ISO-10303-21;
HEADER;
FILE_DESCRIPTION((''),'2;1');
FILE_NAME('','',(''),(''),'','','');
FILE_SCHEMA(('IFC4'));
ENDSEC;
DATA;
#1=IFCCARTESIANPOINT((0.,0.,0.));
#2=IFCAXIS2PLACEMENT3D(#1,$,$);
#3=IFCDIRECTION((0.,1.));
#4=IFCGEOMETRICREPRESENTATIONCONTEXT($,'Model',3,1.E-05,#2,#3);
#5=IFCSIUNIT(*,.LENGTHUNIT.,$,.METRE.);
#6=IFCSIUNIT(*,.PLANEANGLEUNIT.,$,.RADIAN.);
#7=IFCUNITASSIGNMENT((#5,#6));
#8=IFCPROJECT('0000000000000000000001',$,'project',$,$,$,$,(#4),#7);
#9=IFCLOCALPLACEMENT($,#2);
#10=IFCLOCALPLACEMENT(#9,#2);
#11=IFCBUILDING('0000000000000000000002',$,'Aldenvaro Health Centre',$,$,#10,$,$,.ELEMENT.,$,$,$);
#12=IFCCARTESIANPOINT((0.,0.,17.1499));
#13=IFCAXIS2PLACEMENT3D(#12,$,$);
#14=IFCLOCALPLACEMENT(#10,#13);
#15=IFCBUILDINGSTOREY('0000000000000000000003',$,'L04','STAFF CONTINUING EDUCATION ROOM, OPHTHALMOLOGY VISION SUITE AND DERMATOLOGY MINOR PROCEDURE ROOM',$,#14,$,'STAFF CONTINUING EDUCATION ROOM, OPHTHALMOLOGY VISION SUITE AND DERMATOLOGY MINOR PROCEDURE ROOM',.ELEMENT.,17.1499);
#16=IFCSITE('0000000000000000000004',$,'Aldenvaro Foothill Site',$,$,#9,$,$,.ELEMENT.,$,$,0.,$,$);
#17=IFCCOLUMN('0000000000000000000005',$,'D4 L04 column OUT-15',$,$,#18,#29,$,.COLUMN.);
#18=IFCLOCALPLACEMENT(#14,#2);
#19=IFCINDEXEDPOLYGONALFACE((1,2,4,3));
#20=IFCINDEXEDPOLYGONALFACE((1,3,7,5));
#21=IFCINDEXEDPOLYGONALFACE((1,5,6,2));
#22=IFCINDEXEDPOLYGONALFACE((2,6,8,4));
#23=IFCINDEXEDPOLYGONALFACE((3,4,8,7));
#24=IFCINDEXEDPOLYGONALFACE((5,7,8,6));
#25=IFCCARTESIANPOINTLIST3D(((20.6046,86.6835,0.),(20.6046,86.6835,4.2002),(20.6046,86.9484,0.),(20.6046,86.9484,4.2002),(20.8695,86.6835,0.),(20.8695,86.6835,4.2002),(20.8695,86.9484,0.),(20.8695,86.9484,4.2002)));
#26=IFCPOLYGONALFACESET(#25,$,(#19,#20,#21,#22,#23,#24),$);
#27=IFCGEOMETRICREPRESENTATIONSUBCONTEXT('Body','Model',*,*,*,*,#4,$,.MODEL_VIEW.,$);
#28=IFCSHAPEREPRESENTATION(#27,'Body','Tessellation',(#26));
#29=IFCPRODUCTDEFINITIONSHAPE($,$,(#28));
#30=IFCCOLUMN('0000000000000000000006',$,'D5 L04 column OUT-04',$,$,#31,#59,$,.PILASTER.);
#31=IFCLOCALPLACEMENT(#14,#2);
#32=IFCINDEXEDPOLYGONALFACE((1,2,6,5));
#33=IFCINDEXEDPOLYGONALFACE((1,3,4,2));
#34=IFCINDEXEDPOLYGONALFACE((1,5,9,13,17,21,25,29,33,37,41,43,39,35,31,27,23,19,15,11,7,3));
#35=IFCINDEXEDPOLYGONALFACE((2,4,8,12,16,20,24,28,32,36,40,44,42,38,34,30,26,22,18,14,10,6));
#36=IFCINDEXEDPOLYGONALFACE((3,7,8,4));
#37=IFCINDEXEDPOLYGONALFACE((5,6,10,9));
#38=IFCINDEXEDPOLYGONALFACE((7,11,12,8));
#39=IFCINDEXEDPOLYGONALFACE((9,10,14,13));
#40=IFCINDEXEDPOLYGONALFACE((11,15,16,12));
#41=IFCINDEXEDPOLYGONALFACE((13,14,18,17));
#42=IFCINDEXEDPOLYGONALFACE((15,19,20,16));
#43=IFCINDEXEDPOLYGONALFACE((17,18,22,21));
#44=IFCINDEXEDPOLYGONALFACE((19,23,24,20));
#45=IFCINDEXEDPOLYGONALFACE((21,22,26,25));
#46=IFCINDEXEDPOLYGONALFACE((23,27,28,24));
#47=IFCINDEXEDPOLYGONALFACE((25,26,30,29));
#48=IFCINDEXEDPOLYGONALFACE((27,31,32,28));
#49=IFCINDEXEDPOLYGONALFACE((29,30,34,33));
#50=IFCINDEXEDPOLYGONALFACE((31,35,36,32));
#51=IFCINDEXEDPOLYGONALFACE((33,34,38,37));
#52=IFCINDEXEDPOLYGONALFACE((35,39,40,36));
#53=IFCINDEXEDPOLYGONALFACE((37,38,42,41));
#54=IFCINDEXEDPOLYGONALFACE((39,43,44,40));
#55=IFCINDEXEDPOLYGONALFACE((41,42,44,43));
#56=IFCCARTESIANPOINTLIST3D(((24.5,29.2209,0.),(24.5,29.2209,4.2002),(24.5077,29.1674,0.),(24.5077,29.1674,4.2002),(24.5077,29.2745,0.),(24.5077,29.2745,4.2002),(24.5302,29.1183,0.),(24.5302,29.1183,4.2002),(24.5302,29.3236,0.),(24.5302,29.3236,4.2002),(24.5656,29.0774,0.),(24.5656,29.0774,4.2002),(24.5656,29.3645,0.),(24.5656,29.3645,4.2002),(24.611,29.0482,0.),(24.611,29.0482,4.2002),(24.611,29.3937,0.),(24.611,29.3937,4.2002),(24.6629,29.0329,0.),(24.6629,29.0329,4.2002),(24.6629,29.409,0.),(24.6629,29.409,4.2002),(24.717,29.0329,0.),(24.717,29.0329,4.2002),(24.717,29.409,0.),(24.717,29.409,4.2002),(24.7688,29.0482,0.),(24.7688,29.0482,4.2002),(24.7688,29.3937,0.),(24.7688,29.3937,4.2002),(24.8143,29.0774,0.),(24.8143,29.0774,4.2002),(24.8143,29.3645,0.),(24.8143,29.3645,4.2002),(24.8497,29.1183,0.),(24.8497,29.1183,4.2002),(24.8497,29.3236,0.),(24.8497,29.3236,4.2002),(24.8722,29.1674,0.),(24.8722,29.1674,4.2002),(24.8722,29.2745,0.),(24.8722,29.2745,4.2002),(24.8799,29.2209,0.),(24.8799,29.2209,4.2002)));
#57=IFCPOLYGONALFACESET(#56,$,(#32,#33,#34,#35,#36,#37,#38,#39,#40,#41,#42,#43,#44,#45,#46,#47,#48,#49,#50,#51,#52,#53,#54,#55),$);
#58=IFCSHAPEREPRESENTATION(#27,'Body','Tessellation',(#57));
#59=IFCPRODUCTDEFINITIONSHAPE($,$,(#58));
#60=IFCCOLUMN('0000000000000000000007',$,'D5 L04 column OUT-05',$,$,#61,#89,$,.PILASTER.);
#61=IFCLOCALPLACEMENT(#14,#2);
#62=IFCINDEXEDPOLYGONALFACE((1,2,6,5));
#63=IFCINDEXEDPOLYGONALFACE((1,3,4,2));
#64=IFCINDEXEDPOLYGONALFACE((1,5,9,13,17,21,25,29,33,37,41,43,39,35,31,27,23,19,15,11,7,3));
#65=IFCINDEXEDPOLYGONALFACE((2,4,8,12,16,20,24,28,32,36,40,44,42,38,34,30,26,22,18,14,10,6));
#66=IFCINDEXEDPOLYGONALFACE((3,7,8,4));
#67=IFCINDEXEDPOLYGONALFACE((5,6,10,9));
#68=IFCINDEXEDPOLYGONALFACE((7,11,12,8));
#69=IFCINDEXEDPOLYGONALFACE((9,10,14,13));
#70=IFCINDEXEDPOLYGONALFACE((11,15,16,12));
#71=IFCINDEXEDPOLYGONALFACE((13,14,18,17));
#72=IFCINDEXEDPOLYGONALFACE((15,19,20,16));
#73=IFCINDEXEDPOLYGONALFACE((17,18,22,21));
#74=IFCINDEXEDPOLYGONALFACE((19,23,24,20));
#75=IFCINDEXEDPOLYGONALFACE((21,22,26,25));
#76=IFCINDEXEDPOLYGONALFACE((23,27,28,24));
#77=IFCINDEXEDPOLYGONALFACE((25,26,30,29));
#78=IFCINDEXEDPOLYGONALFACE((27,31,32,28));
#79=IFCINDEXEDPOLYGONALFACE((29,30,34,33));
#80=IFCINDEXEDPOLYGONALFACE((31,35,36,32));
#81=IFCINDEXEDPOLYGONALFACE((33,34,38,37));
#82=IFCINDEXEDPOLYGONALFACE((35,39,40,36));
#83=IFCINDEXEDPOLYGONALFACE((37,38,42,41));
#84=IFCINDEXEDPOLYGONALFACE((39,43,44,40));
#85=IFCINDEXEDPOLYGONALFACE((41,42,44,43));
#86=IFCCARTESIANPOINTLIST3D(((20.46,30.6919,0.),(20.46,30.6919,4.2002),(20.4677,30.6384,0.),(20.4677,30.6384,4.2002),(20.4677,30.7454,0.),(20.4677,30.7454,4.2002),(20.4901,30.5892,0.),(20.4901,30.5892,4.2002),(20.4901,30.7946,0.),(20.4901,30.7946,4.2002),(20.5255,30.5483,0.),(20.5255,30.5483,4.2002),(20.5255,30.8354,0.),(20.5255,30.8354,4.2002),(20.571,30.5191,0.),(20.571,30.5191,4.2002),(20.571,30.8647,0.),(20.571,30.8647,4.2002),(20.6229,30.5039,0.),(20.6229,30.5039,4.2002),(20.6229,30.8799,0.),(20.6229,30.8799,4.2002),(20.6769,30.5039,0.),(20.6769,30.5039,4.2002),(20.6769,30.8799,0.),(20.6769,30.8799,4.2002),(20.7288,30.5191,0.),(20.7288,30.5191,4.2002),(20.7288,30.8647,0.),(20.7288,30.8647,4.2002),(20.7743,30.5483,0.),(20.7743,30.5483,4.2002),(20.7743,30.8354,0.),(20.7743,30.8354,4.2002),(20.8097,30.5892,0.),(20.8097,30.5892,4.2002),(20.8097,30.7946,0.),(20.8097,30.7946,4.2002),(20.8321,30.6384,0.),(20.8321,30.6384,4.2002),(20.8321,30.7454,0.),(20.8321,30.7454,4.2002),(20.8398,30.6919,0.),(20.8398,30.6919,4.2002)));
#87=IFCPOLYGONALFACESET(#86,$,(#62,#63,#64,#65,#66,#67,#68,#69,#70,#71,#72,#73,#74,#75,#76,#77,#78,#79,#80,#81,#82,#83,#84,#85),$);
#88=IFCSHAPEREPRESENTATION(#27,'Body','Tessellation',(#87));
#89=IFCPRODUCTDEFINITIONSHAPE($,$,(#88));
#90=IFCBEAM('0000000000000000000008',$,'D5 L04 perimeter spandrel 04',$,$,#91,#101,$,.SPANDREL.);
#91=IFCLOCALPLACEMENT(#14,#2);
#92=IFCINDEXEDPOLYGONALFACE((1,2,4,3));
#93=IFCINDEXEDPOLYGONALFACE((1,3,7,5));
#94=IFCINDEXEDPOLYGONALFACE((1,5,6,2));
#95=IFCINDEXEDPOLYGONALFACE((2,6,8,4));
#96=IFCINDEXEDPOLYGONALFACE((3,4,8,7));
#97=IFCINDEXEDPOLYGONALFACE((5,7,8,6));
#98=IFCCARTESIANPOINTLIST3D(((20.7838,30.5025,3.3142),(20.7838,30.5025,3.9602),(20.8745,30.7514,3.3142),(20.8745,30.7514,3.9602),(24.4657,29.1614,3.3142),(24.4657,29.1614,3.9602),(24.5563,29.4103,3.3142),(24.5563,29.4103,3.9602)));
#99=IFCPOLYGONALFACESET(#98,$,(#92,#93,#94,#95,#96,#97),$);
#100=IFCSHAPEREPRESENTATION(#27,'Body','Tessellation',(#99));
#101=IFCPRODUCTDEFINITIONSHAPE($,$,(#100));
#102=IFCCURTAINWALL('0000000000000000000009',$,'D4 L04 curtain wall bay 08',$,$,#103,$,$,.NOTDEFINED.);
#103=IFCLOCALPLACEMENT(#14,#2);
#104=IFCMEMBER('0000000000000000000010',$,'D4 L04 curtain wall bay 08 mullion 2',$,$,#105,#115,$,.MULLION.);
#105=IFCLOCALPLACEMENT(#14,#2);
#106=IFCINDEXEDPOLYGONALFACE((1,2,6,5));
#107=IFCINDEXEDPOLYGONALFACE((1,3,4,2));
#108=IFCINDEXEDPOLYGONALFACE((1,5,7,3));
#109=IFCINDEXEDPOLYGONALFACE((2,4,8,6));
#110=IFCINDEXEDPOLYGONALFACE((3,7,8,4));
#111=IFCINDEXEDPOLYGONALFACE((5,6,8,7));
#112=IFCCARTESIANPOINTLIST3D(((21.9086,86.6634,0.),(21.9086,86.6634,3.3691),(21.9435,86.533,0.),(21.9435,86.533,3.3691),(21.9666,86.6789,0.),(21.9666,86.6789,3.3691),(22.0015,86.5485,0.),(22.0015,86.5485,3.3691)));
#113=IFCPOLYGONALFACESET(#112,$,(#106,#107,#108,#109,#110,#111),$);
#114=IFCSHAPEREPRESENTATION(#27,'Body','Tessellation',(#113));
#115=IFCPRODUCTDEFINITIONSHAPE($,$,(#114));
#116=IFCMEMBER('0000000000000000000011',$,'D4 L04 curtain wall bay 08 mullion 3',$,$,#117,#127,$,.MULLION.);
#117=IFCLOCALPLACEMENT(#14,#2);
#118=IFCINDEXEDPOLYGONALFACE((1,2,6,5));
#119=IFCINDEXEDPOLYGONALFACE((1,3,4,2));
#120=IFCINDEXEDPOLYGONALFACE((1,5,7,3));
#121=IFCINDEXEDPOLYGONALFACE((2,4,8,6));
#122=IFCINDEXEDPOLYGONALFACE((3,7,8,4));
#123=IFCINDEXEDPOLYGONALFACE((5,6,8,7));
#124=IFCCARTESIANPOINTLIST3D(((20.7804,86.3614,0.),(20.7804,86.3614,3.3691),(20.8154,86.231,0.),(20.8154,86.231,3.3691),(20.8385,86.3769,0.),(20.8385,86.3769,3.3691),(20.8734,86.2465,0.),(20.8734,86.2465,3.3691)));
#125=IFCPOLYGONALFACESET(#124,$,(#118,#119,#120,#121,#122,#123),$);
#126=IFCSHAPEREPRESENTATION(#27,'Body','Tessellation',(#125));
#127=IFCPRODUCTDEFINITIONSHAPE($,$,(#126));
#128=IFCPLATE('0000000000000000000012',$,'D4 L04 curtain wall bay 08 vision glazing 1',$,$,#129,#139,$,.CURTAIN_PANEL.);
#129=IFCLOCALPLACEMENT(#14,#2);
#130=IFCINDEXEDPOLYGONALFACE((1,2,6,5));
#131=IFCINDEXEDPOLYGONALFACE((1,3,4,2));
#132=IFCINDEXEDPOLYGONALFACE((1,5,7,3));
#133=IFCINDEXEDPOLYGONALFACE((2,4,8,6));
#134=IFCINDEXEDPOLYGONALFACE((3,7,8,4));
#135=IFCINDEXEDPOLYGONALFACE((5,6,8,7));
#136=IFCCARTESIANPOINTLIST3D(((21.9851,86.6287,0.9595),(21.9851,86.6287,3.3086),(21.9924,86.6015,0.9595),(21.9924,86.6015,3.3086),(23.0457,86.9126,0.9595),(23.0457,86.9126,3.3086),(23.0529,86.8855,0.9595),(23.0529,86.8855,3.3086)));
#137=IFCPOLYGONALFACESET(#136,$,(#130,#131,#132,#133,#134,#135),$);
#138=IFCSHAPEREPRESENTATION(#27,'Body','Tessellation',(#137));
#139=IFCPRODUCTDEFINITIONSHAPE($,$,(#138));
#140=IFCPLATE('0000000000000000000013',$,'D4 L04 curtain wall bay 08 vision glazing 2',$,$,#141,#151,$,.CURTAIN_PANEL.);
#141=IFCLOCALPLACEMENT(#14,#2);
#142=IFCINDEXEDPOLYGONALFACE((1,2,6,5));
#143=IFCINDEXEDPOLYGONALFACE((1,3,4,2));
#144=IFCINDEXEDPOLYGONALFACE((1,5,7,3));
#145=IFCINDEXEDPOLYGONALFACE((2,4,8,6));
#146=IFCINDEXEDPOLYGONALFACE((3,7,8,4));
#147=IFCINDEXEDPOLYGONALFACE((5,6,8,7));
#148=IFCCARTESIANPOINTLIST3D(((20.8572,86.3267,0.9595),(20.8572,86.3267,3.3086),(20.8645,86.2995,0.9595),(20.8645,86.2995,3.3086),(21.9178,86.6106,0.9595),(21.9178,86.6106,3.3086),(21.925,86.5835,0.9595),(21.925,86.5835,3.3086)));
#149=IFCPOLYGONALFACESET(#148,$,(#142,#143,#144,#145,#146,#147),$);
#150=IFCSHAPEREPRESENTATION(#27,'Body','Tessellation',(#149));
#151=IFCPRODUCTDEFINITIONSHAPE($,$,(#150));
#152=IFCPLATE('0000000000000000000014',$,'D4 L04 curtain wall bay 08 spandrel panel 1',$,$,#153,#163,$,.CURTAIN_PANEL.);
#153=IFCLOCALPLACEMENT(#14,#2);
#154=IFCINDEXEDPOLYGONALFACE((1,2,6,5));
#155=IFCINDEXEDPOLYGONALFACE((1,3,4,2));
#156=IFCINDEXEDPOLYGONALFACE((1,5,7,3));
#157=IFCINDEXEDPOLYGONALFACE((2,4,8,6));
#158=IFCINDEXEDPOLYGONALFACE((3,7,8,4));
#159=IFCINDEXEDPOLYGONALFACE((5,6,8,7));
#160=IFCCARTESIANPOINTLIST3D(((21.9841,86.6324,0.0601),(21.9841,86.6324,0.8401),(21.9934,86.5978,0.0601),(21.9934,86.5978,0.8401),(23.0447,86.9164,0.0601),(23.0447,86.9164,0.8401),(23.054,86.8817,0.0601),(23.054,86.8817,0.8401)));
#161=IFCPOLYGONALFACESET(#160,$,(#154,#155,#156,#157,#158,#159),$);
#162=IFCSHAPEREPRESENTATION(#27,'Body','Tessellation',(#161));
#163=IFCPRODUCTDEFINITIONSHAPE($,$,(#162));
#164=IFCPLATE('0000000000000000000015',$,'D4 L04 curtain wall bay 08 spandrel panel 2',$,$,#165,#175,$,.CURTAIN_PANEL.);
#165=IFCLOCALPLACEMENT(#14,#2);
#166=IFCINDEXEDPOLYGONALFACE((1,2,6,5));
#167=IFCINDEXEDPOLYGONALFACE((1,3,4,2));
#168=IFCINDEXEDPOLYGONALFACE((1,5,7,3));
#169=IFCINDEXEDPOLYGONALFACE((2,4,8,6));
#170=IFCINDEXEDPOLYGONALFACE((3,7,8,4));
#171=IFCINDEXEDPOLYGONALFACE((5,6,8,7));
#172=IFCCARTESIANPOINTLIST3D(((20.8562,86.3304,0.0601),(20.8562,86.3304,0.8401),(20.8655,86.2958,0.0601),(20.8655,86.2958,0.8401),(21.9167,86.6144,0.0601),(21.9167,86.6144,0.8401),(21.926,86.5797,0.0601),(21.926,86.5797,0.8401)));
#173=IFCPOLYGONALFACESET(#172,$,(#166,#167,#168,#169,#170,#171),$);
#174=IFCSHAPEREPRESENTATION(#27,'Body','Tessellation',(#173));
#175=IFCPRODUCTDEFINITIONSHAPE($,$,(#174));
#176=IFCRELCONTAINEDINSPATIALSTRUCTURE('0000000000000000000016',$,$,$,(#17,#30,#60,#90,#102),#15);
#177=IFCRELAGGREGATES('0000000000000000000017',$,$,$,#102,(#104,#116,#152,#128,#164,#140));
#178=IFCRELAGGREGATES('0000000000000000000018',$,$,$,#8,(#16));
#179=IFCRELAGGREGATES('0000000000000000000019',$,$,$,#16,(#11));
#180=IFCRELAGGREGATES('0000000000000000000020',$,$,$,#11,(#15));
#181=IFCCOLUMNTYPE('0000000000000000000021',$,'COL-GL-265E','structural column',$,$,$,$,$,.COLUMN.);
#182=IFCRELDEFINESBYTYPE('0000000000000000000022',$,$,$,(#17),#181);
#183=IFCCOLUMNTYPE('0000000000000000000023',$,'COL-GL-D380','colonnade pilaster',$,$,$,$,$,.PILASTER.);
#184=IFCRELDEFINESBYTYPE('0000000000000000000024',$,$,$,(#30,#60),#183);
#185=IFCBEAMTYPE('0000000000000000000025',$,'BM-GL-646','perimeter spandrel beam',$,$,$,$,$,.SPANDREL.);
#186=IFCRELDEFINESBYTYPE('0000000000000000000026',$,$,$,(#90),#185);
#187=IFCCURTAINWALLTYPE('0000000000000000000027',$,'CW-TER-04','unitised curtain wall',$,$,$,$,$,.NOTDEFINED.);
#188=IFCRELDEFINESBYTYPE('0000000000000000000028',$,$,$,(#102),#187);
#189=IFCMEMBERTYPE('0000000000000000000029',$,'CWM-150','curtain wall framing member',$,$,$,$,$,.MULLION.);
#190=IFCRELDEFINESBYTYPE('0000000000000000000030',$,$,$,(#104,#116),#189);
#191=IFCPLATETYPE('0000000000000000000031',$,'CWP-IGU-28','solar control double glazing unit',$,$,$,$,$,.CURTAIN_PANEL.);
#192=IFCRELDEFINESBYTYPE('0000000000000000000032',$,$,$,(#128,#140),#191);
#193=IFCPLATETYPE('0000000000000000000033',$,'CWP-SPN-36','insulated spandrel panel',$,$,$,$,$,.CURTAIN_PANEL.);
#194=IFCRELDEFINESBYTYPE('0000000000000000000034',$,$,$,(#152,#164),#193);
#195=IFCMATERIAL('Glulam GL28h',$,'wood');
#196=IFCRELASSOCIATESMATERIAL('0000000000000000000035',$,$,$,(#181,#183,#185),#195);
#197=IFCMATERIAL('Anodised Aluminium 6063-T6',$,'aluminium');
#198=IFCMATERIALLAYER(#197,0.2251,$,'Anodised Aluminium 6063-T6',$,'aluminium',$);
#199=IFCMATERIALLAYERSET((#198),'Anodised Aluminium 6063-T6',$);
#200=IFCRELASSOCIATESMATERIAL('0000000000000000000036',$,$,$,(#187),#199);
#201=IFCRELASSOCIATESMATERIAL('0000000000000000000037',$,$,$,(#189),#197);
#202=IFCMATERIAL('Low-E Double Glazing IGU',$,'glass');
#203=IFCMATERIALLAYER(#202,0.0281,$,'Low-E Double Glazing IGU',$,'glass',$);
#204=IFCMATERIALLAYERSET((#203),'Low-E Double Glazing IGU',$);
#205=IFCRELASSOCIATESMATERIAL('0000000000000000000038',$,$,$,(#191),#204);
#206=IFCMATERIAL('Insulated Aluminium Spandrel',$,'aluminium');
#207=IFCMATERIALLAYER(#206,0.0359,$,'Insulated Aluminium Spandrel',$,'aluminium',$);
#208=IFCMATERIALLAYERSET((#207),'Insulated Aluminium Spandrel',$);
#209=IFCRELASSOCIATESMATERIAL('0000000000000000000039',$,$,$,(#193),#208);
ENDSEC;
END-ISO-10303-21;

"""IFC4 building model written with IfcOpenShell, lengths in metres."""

from ifc_helpers import new_model, si_unit, direction, frame, origin, origin_2d, place, context, subcontext, project, spatial, rectangle, circle, extrude, material, layer, layer_set, material_profile, profile_set, type_object, element, aggregate, save


model = new_model("IFC4")

# Units and contexts
model_context = context("Model", 3, precision=1e-05, world=origin(), true_north=direction((0.0, 1.0)))
body_context = subcontext(model_context, "Body", "Model", "MODEL_VIEW")
ifc_project = project(units=[si_unit("LENGTHUNIT", "METRE"), si_unit("PLANEANGLEUNIT", "RADIAN")], contexts=[model_context])

# Site, building, storey
site_placement = place(None, origin())
site = spatial("IfcSite", under=ifc_project, at=site_placement, Name="Aldenvaro Foothill Site", CompositionType="ELEMENT", RefElevation=0.0)
building_placement = place(site_placement, origin())
building = spatial("IfcBuilding", under=site, at=building_placement, Name="Aldenvaro Health Centre", CompositionType="ELEMENT")
storey_placement = place(building_placement, frame((0.0, 0.0, 17.1499)))
storey = spatial("IfcBuildingStorey", under=building, at=storey_placement, Name="L04", Description="STAFF CONTINUING EDUCATION ROOM, OPHTHALMOLOGY VISION SUITE AND DERMATOLOGY MINOR PROCEDURE ROOM", LongName="STAFF CONTINUING EDUCATION ROOM, OPHTHALMOLOGY VISION SUITE AND DERMATOLOGY MINOR PROCEDURE ROOM", CompositionType="ELEMENT", Elevation=17.1499)

# Columns
ifc_material_1 = material(Name="Glulam GL28h", Category="wood")
ifc_material_profile_1 = material_profile(ifc_material_1, rectangle(XDim=0.2649, YDim=0.2649, at=origin_2d()), Name="GL 265x265", Category="wood")
ifc_profile_set_1 = profile_set([ifc_material_profile_1], Name="Glulam GL28h")
column_type_1 = type_object("IfcColumnType", Name="COL-GL-265E", Description="structural column", PredefinedType="COLUMN", material=ifc_profile_set_1)
column_placement = place(storey_placement, frame((20.7371, 86.8159, 0.0), z_axis=(0.0, 0.0, 1.0), x_axis=(1.0, 0.0, 0.0)))
element("IfcColumn", 1, at=column_placement, inside=storey, type_object=column_type_1, Name="D4 L04 column OUT-15", PredefinedType="COLUMN", context=body_context, shape_type="SweptSolid", body=[
    extrude(rectangle(XDim=0.2649, YDim=0.2649, at=origin_2d()), origin(), (0.0, 0.0, 1.0), 4.2002),
])
ifc_material_profile_2 = material_profile(ifc_material_1, circle(Radius=0.1899, at=origin_2d()), Name="GL D380", Category="wood")
ifc_profile_set_2 = profile_set([ifc_material_profile_2], Name="Glulam GL28h")
column_type_2 = type_object("IfcColumnType", Name="COL-GL-D380", Description="colonnade pilaster", PredefinedType="PILASTER", material=ifc_profile_set_2)
for number, where, z_axis, x_axis, name in (
    (2, (24.6899, 29.2209, 0.0), (0.0, 0.0, 1.0), (1.0, 0.0, 0.0), "D5 L04 column OUT-04"),
    (3, (20.6499, 30.6919, 0.0), (0.0, 0.0, 1.0), (1.0, 0.0, 0.0), "D5 L04 column OUT-05"),
):
    element("IfcColumn", number, at=place(storey_placement, frame(where, z_axis=z_axis, x_axis=x_axis)), inside=storey, type_object=column_type_2, Name=name, PredefinedType="PILASTER", context=body_context, shape_type="SweptSolid", body=[
        extrude(circle(Radius=0.1899, at=origin_2d()), origin(), (0.0, 0.0, 1.0), 4.2002),
    ])

# Beam
ifc_material_profile_3 = material_profile(ifc_material_1, rectangle(XDim=0.2649, YDim=0.646, at=origin_2d()), Name="GL 265x646", Category="wood")
ifc_profile_set_3 = profile_set([ifc_material_profile_3], Name="Glulam GL28h")
beam_type = type_object("IfcBeamType", Name="BM-GL-646", Description="perimeter spandrel beam", PredefinedType="SPANDREL", material=ifc_profile_set_3)
beam_placement = place(storey_placement, frame((24.511, 29.2859, 3.6372), z_axis=(-0.939613, 0.342238, 0.0), x_axis=(-0.342238, -0.939613, 0.0)))
element("IfcBeam", 4, at=beam_placement, inside=storey, type_object=beam_type, Name="D5 L04 perimeter spandrel 04", PredefinedType="SPANDREL", context=body_context, shape_type="SweptSolid", body=[
    extrude(rectangle(XDim=0.2649, YDim=0.646, at=origin_2d()), origin(), (0.0, 0.0, 1.0), 3.9185),
])

# Curtain wall, members, plates
ifc_material_2 = material(Name="Anodised Aluminium 6063-T6", Category="aluminium")
ifc_layer_1 = layer(ifc_material_2, 0.2251, Name="Anodised Aluminium 6063-T6", Category="aluminium")
ifc_layer_set_1 = layer_set([ifc_layer_1], Name="Anodised Aluminium 6063-T6")
curtain_wall_type = type_object("IfcCurtainWallType", Name="CW-TER-04", Description="unitised curtain wall", PredefinedType="NOTDEFINED", material=ifc_layer_set_1)
curtain_wall_placement = place(storey_placement, origin())
curtain_wall = element("IfcCurtainWall", 5, at=curtain_wall_placement, inside=storey, type_object=curtain_wall_type, Name="D4 L04 curtain wall bay 08", PredefinedType="NOTDEFINED")
ifc_material_profile_4 = material_profile(ifc_material_2, rectangle(XDim=0.0601, YDim=0.135, at=origin_2d()), Name="ALU 60x135", Category="aluminium")
ifc_profile_set_4 = profile_set([ifc_material_profile_4], Name="Anodised Aluminium 6063-T6")
member_type = type_object("IfcMemberType", Name="CWM-150", Description="curtain wall framing member", PredefinedType="MULLION", material=ifc_profile_set_4)
member_1_placement = place(storey_placement, frame((21.9551, 86.606, 0.0), z_axis=(0.0, 0.0, 1.0), x_axis=(-0.965979, -0.258622, 0.0)))
member_1 = element("IfcMember", 6, at=member_1_placement, type_object=member_type, Name="D4 L04 curtain wall bay 08 mullion 2", PredefinedType="MULLION", context=body_context, shape_type="SweptSolid", body=[
    extrude(rectangle(XDim=0.0601, YDim=0.135, at=origin_2d()), origin(), (0.0, 0.0, 1.0), 3.3691),
])
member_2_placement = place(storey_placement, frame((20.8269, 86.304, 0.0), z_axis=(0.0, 0.0, 1.0), x_axis=(-0.965979, -0.258622, 0.0)))
member_2 = element("IfcMember", 7, at=member_2_placement, type_object=member_type, Name="D4 L04 curtain wall bay 08 mullion 3", PredefinedType="MULLION", context=body_context, shape_type="SweptSolid", body=[
    extrude(rectangle(XDim=0.0601, YDim=0.135, at=origin_2d()), origin(), (0.0, 0.0, 1.0), 3.3691),
])
ifc_material_3 = material(Name="Low-E Double Glazing IGU", Category="glass")
ifc_layer_2 = layer(ifc_material_3, 0.0281, Name="Low-E Double Glazing IGU", Category="glass")
ifc_layer_set_2 = layer_set([ifc_layer_2], Name="Low-E Double Glazing IGU")
plate_type_1 = type_object("IfcPlateType", Name="CWP-IGU-28", Description="solar control double glazing unit", PredefinedType="CURTAIN_PANEL", material=ifc_layer_set_2)
plate_1_placement = place(storey_placement, frame((22.519, 86.7571, 0.9595), z_axis=(0.0, 0.0, 1.0), x_axis=(-0.965979, -0.258622, 0.0)))
plate_1 = element("IfcPlate", 8, at=plate_1_placement, type_object=plate_type_1, Name="D4 L04 curtain wall bay 08 vision glazing 1", PredefinedType="CURTAIN_PANEL", context=body_context, shape_type="SweptSolid", body=[
    extrude(rectangle(XDim=1.0979, YDim=0.0281, at=origin_2d()), origin(), (0.0, 0.0, 1.0), 2.3491),
])
plate_2_placement = place(storey_placement, frame((21.3911, 86.4551, 0.9595), z_axis=(0.0, 0.0, 1.0), x_axis=(-0.965979, -0.258622, 0.0)))
plate_2 = element("IfcPlate", 9, at=plate_2_placement, type_object=plate_type_1, Name="D4 L04 curtain wall bay 08 vision glazing 2", PredefinedType="CURTAIN_PANEL", context=body_context, shape_type="SweptSolid", body=[
    extrude(rectangle(XDim=1.0979, YDim=0.0281, at=origin_2d()), origin(), (0.0, 0.0, 1.0), 2.3491),
])
ifc_material_4 = material(Name="Insulated Aluminium Spandrel", Category="aluminium")
ifc_layer_3 = layer(ifc_material_4, 0.0359, Name="Insulated Aluminium Spandrel", Category="aluminium")
ifc_layer_set_3 = layer_set([ifc_layer_3], Name="Insulated Aluminium Spandrel")
plate_type_2 = type_object("IfcPlateType", Name="CWP-SPN-36", Description="insulated spandrel panel", PredefinedType="CURTAIN_PANEL", material=ifc_layer_set_3)
plate_3_placement = place(storey_placement, frame((22.519, 86.7571, 0.0601), z_axis=(0.0, 0.0, 1.0), x_axis=(-0.965979, -0.258622, 0.0)))
plate_3 = element("IfcPlate", 10, at=plate_3_placement, type_object=plate_type_2, Name="D4 L04 curtain wall bay 08 spandrel panel 1", PredefinedType="CURTAIN_PANEL", context=body_context, shape_type="SweptSolid", body=[
    extrude(rectangle(XDim=1.0979, YDim=0.0359, at=origin_2d()), origin(), (0.0, 0.0, 1.0), 0.78),
])
plate_4_placement = place(storey_placement, frame((21.3911, 86.4551, 0.0601), z_axis=(0.0, 0.0, 1.0), x_axis=(-0.965979, -0.258622, 0.0)))
plate_4 = element("IfcPlate", 11, at=plate_4_placement, type_object=plate_type_2, Name="D4 L04 curtain wall bay 08 spandrel panel 2", PredefinedType="CURTAIN_PANEL", context=body_context, shape_type="SweptSolid", body=[
    extrude(rectangle(XDim=1.0979, YDim=0.0359, at=origin_2d()), origin(), (0.0, 0.0, 1.0), 0.78),
])
aggregate(curtain_wall, [member_1, member_2, plate_3, plate_1, plate_4, plate_2])

save(model, "model.ifc")
